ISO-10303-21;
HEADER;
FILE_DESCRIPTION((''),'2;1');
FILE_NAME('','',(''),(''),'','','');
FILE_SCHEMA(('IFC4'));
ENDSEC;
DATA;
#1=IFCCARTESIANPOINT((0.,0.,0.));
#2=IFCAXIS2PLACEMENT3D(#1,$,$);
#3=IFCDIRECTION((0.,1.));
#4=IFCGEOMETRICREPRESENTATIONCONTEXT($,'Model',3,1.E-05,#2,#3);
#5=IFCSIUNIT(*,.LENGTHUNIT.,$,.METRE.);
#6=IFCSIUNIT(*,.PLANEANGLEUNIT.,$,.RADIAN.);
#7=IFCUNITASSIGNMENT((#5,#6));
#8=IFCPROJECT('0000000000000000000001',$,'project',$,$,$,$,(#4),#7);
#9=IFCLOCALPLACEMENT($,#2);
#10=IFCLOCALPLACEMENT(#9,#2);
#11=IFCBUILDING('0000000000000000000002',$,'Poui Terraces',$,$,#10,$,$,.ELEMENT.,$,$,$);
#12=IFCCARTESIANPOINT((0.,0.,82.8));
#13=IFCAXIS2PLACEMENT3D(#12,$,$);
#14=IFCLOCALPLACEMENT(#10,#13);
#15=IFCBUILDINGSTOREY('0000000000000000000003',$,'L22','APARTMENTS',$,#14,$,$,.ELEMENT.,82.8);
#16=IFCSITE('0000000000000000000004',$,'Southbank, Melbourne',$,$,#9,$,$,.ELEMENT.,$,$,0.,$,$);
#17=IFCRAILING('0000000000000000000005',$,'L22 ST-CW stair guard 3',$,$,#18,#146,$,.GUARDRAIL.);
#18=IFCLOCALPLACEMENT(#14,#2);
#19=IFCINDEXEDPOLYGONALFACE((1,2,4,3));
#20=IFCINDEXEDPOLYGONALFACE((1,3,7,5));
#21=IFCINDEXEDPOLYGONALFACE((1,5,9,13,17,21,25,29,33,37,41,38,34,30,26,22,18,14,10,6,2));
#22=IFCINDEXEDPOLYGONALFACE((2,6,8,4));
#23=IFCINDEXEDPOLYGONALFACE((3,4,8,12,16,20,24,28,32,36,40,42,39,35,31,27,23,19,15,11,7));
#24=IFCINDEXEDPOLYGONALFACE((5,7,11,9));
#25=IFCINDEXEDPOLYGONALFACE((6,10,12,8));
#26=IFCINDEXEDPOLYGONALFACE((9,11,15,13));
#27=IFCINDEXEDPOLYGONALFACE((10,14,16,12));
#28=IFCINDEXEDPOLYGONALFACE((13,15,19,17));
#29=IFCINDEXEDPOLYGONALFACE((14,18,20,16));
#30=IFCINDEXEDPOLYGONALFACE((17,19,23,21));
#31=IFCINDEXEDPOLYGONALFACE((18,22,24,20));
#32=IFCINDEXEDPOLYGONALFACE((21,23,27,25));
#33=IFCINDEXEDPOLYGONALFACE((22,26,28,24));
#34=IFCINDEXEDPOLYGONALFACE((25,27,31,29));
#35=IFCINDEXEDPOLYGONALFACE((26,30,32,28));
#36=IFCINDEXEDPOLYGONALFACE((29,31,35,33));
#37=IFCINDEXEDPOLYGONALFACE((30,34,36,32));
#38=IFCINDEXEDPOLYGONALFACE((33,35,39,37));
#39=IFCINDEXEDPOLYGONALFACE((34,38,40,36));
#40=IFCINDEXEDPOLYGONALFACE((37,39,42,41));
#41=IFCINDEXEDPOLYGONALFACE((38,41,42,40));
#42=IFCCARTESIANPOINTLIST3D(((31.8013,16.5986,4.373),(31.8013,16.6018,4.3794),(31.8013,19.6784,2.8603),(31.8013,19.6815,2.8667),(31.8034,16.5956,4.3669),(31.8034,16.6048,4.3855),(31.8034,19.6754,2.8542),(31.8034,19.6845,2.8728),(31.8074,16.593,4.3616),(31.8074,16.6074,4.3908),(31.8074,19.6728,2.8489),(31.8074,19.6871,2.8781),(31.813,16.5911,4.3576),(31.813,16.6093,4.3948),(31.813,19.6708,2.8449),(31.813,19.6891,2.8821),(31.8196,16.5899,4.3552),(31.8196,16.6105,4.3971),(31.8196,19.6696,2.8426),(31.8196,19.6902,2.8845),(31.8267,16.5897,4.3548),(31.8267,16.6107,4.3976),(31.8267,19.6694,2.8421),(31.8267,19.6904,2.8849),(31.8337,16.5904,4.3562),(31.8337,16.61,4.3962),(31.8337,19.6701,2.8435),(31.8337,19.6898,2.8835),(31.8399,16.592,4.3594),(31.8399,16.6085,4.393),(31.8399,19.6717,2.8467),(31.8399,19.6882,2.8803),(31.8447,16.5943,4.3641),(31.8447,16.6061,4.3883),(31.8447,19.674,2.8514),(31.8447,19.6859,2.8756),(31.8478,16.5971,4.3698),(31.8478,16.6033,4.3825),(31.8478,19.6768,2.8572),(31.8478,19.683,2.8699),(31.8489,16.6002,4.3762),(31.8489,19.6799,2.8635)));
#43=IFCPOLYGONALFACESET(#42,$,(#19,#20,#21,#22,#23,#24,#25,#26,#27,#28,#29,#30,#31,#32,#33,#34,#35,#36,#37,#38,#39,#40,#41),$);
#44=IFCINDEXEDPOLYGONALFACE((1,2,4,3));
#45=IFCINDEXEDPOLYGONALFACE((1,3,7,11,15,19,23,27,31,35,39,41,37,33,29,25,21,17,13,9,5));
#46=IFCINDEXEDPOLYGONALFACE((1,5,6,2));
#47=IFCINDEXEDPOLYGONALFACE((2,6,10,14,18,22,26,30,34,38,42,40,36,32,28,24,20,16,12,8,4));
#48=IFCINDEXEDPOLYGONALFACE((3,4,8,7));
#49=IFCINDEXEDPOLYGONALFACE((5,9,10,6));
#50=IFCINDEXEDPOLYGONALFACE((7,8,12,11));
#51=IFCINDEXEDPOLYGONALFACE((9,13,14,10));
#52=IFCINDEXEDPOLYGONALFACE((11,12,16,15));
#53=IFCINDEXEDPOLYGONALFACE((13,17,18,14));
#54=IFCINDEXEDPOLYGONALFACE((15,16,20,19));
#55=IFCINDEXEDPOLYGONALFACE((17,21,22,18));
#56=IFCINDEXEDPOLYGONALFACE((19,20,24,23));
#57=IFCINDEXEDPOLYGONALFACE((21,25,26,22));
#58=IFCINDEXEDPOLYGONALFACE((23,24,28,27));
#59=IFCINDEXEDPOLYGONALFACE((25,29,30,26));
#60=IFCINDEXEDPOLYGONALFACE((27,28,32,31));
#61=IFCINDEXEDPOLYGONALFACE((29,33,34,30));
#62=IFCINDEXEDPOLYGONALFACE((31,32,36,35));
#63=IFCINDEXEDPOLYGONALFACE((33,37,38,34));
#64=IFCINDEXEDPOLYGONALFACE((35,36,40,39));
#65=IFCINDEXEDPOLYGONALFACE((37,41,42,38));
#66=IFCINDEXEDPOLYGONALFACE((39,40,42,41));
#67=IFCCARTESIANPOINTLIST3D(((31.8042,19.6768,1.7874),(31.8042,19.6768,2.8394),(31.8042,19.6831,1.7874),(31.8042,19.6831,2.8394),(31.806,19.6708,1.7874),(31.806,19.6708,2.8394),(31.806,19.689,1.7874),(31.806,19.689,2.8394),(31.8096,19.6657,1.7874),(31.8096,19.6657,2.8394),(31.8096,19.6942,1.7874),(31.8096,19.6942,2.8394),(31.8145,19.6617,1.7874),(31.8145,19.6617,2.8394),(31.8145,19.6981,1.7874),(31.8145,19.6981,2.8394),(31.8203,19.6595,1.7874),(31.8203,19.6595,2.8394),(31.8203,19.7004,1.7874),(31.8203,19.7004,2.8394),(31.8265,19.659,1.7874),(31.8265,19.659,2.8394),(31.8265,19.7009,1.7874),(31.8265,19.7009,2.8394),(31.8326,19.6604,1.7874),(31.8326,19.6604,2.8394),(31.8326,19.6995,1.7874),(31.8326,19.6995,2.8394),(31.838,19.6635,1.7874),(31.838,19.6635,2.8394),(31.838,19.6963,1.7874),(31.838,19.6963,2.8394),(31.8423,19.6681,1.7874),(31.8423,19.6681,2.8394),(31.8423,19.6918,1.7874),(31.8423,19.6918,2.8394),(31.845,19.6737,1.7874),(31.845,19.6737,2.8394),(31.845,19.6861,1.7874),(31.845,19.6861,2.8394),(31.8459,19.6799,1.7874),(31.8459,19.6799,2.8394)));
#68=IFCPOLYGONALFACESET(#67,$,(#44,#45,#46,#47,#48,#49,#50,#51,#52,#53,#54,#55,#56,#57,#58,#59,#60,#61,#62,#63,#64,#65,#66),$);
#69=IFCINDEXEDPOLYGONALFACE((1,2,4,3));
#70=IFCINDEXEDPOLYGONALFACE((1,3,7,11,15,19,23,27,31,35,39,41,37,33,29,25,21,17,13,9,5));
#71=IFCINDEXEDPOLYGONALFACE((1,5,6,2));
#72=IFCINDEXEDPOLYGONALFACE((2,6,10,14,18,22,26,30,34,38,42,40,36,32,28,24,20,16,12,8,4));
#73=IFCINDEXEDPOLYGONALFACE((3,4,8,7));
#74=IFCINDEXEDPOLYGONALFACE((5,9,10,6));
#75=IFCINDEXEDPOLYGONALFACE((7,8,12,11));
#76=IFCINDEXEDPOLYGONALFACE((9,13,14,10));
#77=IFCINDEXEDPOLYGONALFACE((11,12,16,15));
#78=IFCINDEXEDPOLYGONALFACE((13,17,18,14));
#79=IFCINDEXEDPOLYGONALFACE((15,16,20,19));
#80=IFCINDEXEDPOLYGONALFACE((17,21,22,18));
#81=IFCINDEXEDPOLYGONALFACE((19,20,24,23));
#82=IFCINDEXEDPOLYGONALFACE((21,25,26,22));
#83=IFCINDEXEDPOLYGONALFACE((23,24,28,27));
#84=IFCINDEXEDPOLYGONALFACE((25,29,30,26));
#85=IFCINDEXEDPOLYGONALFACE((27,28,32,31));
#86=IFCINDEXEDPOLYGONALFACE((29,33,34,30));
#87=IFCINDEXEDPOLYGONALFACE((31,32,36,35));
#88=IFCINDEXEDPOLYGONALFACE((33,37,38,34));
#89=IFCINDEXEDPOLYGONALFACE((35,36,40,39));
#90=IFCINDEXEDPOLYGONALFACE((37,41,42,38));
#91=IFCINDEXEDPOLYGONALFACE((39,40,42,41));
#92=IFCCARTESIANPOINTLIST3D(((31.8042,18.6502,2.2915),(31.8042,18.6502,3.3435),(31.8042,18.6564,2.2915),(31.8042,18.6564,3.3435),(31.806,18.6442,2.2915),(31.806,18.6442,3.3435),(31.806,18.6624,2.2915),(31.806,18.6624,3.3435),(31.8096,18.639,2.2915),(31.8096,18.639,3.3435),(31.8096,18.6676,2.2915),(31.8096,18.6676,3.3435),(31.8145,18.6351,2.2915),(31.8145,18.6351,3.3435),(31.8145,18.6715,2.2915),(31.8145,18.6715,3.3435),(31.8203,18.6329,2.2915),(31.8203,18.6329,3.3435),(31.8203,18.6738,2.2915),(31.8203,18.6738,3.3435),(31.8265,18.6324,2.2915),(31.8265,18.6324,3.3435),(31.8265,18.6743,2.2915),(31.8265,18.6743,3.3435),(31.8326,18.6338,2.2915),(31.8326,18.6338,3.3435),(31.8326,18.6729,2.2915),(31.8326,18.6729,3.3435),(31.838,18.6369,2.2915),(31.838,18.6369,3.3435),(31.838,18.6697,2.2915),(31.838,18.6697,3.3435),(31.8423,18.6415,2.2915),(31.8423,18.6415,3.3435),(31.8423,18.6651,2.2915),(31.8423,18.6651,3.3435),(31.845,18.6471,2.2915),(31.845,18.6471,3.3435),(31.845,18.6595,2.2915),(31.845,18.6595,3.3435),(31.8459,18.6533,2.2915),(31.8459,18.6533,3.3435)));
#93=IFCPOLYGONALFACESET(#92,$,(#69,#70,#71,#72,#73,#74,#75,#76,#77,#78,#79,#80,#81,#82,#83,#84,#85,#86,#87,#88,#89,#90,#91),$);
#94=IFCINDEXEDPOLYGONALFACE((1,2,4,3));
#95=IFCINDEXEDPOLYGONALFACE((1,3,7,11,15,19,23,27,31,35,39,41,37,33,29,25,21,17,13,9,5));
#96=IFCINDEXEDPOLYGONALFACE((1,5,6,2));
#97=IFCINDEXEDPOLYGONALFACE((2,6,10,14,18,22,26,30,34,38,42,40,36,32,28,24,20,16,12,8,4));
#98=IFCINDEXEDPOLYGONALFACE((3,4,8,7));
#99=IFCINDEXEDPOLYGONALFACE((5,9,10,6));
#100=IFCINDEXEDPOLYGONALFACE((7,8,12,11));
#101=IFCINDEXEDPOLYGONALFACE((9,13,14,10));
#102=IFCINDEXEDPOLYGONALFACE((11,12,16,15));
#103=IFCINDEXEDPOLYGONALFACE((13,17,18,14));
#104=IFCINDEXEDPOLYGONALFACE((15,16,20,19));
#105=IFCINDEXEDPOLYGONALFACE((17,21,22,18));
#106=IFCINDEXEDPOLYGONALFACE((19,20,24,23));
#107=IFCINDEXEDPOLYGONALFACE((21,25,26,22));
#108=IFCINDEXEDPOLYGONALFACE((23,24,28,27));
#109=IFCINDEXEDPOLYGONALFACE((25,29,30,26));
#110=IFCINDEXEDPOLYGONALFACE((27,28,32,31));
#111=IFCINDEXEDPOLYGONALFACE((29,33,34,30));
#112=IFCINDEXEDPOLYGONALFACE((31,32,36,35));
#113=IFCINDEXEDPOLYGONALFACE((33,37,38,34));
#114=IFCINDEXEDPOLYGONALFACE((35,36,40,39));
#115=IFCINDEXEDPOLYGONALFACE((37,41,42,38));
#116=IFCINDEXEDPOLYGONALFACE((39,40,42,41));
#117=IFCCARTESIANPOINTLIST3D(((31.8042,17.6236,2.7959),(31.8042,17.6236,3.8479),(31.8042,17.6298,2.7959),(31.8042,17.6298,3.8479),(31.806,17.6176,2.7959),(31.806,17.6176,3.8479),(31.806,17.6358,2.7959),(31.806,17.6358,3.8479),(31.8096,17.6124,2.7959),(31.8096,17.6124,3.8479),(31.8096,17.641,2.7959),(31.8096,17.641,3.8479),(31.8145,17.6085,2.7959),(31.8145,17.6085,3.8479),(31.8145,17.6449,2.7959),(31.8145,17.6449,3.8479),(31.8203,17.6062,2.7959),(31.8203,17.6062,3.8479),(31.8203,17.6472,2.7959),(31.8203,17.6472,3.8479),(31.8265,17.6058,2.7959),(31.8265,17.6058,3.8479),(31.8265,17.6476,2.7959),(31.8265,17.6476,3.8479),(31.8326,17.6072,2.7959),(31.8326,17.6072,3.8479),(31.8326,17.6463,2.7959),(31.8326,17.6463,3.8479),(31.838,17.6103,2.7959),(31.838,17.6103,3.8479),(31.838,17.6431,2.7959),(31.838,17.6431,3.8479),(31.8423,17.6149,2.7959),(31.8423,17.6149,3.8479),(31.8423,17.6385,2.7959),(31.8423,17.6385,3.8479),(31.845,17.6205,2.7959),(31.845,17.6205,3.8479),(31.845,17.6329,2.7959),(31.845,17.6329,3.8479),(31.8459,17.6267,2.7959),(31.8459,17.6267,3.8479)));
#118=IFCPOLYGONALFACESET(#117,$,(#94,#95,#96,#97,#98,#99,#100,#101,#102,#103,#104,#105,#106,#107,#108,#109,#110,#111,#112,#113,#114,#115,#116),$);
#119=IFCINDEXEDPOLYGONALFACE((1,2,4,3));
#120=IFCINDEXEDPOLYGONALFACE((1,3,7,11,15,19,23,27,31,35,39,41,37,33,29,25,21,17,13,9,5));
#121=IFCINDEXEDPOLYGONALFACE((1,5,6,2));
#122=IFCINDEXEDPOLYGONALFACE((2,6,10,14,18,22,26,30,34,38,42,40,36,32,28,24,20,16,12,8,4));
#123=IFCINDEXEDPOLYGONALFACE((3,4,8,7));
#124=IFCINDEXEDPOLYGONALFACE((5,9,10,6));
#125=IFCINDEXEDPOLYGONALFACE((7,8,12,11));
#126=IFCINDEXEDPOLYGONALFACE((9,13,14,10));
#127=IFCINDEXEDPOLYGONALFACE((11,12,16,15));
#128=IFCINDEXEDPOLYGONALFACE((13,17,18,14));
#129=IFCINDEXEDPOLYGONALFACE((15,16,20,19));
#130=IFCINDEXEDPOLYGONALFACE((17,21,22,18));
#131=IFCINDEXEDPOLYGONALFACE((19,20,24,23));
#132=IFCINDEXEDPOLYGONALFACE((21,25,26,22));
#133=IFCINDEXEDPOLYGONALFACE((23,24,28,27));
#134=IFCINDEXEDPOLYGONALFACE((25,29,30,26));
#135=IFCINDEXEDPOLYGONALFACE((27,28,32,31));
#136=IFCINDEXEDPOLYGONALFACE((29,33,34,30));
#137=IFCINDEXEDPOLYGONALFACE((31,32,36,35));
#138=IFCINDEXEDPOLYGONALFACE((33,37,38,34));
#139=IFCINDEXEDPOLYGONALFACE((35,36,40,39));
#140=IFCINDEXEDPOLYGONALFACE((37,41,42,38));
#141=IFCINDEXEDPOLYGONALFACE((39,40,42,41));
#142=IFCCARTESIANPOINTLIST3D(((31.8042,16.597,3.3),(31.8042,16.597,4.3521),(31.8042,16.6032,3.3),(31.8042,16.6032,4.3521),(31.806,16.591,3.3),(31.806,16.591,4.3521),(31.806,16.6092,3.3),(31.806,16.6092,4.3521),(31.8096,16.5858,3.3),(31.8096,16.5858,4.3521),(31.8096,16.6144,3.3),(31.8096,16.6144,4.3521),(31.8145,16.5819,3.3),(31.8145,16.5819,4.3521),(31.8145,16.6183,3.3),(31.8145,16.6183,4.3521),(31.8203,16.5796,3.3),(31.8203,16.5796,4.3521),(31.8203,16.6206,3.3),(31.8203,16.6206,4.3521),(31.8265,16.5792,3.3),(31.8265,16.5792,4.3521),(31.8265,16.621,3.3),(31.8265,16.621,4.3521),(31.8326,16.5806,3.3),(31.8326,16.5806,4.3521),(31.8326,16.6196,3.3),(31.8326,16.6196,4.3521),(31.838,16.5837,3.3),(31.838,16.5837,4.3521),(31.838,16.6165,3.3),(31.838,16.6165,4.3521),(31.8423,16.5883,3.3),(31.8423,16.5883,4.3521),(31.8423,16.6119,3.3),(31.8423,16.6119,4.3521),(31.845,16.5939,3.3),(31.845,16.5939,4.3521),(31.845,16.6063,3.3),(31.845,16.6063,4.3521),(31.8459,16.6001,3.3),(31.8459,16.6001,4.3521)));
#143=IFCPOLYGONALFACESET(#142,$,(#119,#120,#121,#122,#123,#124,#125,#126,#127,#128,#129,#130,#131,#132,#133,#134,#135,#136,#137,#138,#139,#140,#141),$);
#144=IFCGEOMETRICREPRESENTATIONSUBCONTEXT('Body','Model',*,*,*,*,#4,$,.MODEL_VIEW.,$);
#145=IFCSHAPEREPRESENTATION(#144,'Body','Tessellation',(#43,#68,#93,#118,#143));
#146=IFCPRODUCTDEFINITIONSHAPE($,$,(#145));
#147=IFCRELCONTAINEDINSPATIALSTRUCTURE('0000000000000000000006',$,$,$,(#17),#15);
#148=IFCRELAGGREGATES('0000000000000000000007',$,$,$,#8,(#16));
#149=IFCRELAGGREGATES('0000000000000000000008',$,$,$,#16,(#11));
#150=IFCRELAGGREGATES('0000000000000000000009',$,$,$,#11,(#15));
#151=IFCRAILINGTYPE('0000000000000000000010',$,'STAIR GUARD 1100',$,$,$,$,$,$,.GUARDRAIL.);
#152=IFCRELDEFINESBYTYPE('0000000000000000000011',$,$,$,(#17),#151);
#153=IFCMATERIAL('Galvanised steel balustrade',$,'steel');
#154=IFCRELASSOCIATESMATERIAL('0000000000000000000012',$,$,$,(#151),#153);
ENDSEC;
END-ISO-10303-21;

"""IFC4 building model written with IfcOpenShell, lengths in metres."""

from ifc_helpers import new_model, si_unit, direction, frame, origin, origin_2d, place, context, subcontext, project, spatial, circle, extrude, material, type_object, element, save


model = new_model("IFC4")

# Units and contexts
model_context = context("Model", 3, precision=1e-05, world=origin(), true_north=direction((0.0, 1.0)))
body_context = subcontext(model_context, "Body", "Model", "MODEL_VIEW")
ifc_project = project(units=[si_unit("LENGTHUNIT", "METRE"), si_unit("PLANEANGLEUNIT", "RADIAN")], contexts=[model_context])

# Site, building, storey
site_placement = place(None, origin())
site = spatial("IfcSite", under=ifc_project, at=site_placement, Name="Southbank, Melbourne", CompositionType="ELEMENT", RefElevation=0.0)
building_placement = place(site_placement, origin())
building = spatial("IfcBuilding", under=site, at=building_placement, Name="Poui Terraces", CompositionType="ELEMENT")
storey_placement = place(building_placement, frame((0.0, 0.0, 82.8)))
storey = spatial("IfcBuildingStorey", under=building, at=storey_placement, Name="L22", Description="APARTMENTS", CompositionType="ELEMENT", Elevation=82.8)

# Railing
ifc_material_1 = material(Name="Galvanised steel balustrade", Category="steel")
railing_type_1 = type_object("IfcRailingType", Name="STAIR GUARD 1100", PredefinedType="GUARDRAIL", material=ifc_material_1)
railing_1_placement = place(storey_placement, frame((31.825, 19.6799, 1.7874)))
element("IfcRailing", 1, at=railing_1_placement, inside=storey, type_object=railing_type_1, Name="L22 ST-CW stair guard 3", PredefinedType="GUARDRAIL", context=body_context, shape_type="SweptSolid", body=[
    extrude(circle(Radius=0.0239, at=origin_2d()), frame((0.0, 0.0, 1.0762), z_axis=(0.0, -0.897578, 0.440856), x_axis=(1.0, 0.0, 0.0)), (0.0, 0.0, 1.0), 3.4312),
    extrude(circle(Radius=0.021, at=origin_2d()), origin(), (0.0, 0.0, 1.0), 1.052),
    extrude(circle(Radius=0.021, at=origin_2d()), frame((0.0, -1.0266, 0.5042)), (0.0, 0.0, 1.0), 1.052),
    extrude(circle(Radius=0.021, at=origin_2d()), frame((0.0, -2.0532, 1.0085)), (0.0, 0.0, 1.0), 1.052),
    extrude(circle(Radius=0.021, at=origin_2d()), frame((0.0, -3.0798, 1.5127)), (0.0, 0.0, 1.0), 1.052),
])

save(model, "model.ifc")
